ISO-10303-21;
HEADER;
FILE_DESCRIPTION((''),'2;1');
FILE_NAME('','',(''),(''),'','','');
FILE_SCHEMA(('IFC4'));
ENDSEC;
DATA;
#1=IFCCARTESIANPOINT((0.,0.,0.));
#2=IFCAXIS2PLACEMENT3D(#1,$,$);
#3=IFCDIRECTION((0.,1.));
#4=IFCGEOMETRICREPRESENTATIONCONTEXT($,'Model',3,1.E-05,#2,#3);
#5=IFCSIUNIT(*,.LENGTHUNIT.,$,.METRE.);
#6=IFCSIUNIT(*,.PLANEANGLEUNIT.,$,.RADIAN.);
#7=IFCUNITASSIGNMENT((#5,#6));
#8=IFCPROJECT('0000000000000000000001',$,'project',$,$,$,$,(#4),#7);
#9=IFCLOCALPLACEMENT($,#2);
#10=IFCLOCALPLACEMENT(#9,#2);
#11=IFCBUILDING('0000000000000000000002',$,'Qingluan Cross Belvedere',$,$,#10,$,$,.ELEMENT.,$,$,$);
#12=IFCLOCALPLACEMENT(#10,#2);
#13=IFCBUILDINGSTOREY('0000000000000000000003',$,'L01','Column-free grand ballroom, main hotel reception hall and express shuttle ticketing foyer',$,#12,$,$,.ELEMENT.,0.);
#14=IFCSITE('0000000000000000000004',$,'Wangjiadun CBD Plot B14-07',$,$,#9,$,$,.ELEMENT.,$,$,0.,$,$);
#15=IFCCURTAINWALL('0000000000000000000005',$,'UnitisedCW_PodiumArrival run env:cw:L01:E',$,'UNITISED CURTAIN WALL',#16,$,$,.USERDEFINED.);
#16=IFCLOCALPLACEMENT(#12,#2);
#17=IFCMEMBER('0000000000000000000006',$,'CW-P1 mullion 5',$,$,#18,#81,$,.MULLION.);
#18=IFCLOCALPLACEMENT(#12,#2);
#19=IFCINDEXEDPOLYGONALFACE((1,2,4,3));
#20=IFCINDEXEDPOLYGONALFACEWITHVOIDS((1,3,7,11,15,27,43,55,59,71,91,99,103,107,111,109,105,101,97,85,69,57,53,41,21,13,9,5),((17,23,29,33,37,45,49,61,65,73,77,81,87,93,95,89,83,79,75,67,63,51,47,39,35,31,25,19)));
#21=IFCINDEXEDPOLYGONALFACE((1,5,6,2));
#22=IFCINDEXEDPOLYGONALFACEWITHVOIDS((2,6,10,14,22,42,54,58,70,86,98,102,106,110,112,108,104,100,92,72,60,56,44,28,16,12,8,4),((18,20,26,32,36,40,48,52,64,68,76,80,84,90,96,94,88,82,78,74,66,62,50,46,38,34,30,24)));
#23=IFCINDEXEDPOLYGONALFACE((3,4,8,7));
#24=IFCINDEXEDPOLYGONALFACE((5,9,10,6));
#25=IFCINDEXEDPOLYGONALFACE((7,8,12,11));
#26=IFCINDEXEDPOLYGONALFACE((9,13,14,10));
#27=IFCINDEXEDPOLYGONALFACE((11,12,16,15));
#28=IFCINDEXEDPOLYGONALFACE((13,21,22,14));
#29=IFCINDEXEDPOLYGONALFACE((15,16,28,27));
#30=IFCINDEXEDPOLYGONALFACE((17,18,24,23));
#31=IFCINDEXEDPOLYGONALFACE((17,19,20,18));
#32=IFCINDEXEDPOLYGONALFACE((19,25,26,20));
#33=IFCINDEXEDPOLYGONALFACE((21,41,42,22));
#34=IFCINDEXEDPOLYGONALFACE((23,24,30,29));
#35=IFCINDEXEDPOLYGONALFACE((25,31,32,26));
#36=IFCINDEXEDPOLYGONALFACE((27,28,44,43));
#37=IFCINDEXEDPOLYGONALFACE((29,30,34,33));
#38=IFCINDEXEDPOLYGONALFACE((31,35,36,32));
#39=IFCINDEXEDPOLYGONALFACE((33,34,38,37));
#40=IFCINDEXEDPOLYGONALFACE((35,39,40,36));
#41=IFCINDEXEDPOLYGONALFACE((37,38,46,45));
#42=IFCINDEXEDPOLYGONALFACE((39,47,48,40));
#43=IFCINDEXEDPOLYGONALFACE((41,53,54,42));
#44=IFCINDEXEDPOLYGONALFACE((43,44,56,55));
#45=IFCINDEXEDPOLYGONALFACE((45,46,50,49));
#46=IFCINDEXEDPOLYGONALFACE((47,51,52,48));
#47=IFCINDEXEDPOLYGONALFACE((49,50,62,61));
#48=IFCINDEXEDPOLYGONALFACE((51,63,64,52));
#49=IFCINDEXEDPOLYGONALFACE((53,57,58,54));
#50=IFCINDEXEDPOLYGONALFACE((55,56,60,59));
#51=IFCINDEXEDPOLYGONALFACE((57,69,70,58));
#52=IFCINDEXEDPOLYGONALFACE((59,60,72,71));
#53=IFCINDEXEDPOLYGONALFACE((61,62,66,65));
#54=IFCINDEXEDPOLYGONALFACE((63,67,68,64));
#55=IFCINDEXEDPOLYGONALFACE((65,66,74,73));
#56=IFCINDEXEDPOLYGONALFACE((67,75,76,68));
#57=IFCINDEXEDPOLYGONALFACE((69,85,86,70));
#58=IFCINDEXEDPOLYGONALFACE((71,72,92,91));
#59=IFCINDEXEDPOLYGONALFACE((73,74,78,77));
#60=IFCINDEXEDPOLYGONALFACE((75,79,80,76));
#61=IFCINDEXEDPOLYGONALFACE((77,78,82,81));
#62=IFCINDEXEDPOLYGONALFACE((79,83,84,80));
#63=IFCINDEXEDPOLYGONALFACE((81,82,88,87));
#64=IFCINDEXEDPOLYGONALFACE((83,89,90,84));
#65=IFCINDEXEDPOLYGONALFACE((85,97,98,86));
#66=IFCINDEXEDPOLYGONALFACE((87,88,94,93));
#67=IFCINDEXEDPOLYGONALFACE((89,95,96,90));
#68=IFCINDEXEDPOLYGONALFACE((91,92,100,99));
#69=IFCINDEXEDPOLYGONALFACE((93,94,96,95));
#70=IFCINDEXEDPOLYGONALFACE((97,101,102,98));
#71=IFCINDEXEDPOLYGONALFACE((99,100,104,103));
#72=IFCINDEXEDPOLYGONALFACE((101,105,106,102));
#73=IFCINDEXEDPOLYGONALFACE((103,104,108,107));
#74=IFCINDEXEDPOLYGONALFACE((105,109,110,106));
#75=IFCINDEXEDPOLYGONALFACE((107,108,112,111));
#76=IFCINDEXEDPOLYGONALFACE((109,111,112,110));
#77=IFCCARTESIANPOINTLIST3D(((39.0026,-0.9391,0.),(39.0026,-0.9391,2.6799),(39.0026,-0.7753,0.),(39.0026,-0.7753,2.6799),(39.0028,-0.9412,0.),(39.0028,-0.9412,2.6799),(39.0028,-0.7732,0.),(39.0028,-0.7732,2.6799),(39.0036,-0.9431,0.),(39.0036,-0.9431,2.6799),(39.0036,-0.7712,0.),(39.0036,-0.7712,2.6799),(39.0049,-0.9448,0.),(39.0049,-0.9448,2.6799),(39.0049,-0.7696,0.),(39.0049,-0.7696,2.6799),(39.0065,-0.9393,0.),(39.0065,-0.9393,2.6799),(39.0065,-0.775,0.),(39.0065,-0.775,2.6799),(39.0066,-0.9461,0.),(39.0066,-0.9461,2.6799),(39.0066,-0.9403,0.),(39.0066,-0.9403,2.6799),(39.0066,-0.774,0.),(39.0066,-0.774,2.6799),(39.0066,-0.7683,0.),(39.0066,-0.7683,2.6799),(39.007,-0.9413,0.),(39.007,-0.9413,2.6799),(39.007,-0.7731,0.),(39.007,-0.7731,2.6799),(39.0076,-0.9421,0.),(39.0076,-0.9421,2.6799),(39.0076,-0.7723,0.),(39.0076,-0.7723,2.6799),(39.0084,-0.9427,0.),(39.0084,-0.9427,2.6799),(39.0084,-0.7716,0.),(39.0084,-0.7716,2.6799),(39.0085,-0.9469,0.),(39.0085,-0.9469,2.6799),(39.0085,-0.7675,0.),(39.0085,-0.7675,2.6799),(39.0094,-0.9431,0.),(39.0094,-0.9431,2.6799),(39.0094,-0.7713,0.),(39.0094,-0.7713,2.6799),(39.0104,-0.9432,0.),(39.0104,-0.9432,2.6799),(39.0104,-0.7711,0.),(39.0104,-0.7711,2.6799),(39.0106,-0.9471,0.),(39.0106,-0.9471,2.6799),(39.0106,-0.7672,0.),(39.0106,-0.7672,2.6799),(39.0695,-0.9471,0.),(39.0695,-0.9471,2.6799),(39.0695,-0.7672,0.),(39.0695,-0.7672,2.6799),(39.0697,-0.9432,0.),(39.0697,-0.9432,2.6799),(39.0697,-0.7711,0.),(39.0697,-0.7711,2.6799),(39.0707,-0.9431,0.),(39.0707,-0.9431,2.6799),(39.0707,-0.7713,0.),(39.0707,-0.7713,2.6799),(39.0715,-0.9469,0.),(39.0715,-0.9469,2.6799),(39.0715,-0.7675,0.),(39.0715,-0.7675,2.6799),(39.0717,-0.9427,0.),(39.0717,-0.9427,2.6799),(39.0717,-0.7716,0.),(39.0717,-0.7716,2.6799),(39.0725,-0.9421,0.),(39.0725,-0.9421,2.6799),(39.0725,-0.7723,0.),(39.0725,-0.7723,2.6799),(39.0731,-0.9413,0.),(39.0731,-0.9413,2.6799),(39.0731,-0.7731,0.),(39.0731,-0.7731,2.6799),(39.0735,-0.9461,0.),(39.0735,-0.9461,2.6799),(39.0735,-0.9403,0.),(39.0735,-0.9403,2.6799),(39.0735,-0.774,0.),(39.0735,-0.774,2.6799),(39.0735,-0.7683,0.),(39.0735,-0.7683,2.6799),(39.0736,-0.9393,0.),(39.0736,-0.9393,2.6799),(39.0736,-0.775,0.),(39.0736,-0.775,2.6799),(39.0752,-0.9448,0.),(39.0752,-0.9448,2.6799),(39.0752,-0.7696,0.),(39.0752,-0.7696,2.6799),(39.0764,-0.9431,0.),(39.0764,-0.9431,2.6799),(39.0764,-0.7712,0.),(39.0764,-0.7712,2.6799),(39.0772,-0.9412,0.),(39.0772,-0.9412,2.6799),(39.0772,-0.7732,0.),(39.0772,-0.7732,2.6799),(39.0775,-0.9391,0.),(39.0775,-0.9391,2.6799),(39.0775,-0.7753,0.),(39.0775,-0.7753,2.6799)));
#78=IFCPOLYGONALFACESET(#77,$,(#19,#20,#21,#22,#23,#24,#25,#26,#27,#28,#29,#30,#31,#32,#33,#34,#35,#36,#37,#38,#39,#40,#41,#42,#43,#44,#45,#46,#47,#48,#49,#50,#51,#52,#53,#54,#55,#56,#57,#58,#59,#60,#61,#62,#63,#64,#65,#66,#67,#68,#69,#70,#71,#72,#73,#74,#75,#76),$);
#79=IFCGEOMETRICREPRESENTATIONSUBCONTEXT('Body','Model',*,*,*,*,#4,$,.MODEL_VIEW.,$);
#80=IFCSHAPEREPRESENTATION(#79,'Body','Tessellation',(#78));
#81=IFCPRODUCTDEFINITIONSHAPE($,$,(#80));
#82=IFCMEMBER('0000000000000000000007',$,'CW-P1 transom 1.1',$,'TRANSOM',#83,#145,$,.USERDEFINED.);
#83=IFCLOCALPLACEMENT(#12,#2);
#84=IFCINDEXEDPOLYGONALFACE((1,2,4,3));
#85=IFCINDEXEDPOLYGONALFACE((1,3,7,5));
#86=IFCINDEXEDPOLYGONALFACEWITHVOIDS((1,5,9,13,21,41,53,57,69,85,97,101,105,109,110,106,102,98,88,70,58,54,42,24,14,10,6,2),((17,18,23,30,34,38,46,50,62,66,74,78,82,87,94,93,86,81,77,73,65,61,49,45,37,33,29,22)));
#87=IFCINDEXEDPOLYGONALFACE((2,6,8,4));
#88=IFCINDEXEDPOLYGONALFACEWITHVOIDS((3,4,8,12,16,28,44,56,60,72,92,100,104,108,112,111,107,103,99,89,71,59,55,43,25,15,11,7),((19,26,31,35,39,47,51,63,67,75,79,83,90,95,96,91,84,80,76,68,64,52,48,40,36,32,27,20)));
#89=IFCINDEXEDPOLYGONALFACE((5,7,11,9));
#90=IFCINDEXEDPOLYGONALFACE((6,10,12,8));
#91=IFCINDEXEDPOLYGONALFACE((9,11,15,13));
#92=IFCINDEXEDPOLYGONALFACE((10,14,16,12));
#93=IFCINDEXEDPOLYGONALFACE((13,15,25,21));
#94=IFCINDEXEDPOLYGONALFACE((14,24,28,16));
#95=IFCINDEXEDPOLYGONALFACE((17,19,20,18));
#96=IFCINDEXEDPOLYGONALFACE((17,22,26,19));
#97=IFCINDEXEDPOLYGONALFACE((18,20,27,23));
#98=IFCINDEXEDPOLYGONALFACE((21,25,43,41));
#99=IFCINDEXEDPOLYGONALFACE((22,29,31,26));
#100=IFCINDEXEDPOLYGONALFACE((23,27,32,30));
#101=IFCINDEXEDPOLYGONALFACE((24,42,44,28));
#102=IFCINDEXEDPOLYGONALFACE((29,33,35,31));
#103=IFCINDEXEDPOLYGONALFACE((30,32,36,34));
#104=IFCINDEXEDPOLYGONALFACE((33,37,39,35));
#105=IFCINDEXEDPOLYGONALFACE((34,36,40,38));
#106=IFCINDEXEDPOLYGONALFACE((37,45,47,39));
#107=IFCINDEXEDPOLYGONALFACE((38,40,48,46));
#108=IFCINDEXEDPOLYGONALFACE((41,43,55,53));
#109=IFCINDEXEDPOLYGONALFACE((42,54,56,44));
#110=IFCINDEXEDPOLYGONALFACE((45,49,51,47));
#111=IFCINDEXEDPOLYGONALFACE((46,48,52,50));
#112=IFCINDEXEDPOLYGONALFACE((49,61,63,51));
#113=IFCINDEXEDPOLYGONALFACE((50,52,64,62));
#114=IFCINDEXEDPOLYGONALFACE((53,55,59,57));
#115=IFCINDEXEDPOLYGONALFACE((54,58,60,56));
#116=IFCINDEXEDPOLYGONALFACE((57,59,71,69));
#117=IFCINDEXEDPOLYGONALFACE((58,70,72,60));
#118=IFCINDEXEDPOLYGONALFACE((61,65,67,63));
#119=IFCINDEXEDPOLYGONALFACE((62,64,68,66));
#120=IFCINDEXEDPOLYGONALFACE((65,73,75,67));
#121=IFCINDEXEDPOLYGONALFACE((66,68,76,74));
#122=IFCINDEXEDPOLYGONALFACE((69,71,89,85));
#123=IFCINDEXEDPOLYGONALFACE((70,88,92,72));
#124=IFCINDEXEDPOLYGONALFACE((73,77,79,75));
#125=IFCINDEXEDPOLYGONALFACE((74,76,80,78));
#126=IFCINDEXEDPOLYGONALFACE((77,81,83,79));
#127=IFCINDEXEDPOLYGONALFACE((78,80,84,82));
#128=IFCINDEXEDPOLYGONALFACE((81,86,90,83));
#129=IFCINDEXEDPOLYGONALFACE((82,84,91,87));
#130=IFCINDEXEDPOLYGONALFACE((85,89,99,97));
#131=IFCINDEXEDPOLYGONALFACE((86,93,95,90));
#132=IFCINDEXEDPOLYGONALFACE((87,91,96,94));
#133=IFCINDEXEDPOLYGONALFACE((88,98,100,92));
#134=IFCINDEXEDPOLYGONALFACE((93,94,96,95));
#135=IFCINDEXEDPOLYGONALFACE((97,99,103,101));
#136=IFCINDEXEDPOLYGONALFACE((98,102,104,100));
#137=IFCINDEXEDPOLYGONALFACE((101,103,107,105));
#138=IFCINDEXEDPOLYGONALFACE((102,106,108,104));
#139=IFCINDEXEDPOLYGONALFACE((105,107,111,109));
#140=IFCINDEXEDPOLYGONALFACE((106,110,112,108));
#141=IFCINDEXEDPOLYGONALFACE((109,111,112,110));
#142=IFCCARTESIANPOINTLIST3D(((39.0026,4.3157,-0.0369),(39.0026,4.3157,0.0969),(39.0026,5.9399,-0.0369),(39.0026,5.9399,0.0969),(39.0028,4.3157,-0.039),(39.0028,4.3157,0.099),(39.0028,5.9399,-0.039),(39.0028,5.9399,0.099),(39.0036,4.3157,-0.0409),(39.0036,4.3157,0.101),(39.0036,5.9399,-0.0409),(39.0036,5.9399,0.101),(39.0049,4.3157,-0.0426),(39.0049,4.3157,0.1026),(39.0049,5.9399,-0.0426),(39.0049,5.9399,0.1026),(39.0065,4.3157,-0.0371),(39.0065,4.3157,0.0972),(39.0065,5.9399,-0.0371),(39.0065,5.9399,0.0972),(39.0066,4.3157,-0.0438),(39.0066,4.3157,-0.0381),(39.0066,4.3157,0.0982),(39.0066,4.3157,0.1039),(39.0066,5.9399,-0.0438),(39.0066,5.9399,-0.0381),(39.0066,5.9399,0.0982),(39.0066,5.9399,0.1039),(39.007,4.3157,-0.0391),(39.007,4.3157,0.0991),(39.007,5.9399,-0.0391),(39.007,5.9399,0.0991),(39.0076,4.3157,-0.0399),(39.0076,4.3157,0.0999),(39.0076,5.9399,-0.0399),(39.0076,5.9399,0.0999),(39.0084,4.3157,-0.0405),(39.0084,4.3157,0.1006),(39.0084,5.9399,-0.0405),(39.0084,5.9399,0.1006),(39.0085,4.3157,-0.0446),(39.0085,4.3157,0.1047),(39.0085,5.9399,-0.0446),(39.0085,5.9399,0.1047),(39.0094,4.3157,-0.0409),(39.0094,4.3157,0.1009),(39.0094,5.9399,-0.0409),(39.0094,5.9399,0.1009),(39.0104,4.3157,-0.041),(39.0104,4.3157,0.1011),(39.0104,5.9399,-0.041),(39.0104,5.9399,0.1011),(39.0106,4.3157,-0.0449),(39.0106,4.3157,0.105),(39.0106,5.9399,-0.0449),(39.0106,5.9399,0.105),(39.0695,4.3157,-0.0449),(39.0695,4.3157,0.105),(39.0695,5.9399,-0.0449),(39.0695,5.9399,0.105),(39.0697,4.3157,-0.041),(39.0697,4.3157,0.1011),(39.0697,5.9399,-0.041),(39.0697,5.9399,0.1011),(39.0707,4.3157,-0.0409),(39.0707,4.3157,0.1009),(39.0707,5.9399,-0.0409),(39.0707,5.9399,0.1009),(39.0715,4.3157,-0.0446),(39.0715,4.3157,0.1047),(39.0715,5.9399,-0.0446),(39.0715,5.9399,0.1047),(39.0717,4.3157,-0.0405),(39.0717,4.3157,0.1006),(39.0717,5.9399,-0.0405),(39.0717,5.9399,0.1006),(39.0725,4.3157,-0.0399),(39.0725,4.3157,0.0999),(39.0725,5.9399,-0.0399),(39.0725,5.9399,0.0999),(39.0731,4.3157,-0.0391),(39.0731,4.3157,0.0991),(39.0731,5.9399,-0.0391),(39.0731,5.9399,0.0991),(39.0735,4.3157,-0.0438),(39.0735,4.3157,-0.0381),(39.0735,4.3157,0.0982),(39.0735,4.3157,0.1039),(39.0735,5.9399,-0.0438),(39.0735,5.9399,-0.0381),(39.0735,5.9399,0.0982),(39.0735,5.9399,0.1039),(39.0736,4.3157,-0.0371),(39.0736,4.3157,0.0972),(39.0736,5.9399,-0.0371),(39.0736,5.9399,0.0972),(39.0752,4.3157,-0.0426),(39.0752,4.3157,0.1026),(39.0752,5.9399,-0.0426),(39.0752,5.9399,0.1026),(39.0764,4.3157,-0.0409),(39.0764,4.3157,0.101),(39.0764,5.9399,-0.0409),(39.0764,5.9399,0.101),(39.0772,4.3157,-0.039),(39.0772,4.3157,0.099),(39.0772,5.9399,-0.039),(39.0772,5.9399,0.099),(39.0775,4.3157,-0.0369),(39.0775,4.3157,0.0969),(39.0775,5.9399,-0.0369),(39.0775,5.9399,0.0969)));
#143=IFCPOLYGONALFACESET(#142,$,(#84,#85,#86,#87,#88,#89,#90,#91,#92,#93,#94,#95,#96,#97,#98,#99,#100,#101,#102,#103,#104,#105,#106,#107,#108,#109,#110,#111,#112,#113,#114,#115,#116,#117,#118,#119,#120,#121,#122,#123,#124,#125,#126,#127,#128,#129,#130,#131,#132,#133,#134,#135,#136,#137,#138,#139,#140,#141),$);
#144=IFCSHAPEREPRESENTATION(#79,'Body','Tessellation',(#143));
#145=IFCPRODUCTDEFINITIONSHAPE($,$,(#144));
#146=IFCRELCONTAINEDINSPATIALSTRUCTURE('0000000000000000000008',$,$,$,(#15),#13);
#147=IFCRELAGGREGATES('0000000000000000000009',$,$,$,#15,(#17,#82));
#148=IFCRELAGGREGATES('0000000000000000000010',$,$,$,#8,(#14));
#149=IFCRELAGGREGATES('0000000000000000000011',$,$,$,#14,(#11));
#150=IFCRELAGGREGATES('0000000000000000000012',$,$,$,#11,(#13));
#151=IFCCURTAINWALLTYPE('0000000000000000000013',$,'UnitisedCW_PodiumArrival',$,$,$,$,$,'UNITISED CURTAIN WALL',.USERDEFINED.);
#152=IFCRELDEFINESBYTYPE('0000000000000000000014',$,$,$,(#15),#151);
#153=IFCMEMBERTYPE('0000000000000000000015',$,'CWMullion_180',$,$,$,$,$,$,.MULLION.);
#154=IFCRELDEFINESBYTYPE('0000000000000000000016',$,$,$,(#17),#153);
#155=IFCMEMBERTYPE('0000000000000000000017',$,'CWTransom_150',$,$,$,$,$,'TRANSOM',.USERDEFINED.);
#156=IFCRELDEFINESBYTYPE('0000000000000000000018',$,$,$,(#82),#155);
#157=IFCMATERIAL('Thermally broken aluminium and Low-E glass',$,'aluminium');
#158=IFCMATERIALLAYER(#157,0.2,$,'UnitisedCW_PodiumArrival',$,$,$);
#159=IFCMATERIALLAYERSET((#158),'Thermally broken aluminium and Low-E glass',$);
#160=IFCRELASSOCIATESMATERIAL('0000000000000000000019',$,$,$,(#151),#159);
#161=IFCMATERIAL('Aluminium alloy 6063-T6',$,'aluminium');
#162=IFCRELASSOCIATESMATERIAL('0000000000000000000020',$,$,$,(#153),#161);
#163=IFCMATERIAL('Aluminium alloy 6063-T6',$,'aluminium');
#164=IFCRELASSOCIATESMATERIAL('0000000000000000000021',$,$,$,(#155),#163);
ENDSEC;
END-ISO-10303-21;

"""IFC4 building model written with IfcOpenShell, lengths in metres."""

from ifc_helpers import new_model, si_unit, direction, frame, origin, origin_2d, place, context, subcontext, project, spatial, hollow_rectangle, extrude, material, layer, layer_set, material_profile, profile_set, type_object, element, aggregate, save


model = new_model("IFC4")

# Units and contexts
model_context = context("Model", 3, precision=1e-05, world=origin(), true_north=direction((0.0, 1.0)))
body_context = subcontext(model_context, "Body", "Model", "MODEL_VIEW")
ifc_project = project(units=[si_unit("LENGTHUNIT", "METRE"), si_unit("PLANEANGLEUNIT", "RADIAN")], contexts=[model_context])

# Site, building, storey
site_placement = place(None, origin())
site = spatial("IfcSite", under=ifc_project, at=site_placement, Name="Wangjiadun CBD Plot B14-07", CompositionType="ELEMENT", RefElevation=0.0)
building_placement = place(site_placement, origin())
building = spatial("IfcBuilding", under=site, at=building_placement, Name="Qingluan Cross Belvedere", CompositionType="ELEMENT")
storey_placement = place(building_placement, origin())
storey = spatial("IfcBuildingStorey", under=building, at=storey_placement, Name="L01", Description="Column-free grand ballroom, main hotel reception hall and express shuttle ticketing foyer", CompositionType="ELEMENT", Elevation=0.0)

# Curtain wall, members
ifc_material_1 = material(Name="Thermally broken aluminium and Low-E glass", Category="aluminium")
ifc_layer_1 = layer(ifc_material_1, 0.2, Name="UnitisedCW_PodiumArrival")
ifc_layer_set_1 = layer_set([ifc_layer_1], Name="Thermally broken aluminium and Low-E glass")
curtain_wall_type = type_object("IfcCurtainWallType", Name="UnitisedCW_PodiumArrival", ElementType="UNITISED CURTAIN WALL", PredefinedType="USERDEFINED", material=ifc_layer_set_1)
curtain_wall_placement = place(storey_placement, origin())
curtain_wall = element("IfcCurtainWall", 1, at=curtain_wall_placement, inside=storey, type_object=curtain_wall_type, Name="UnitisedCW_PodiumArrival run env:cw:L01:E", ObjectType="UNITISED CURTAIN WALL", PredefinedType="USERDEFINED")
ifc_material_2 = material(Name="Aluminium alloy 6063-T6", Category="aluminium")
ifc_material_profile_1 = material_profile(ifc_material_2, hollow_rectangle(XDim=0.075, YDim=0.1799, WallThickness=0.0039, InnerFilletRadius=0.0039, OuterFilletRadius=0.0081, at=origin_2d()), Name="CWM180x75x4")
ifc_profile_set_1 = profile_set([ifc_material_profile_1], Name="Aluminium alloy 6063-T6")
member_type_1 = type_object("IfcMemberType", Name="CWMullion_180", PredefinedType="MULLION", material=ifc_profile_set_1)
member_1_placement = place(storey_placement, frame((39.04, -0.8572, 0.0), z_axis=(0.0, 0.0, 1.0), x_axis=(1.0, 0.0, 0.0)))
member_1 = element("IfcMember", 2, at=member_1_placement, type_object=member_type_1, Name="CW-P1 mullion 5", PredefinedType="MULLION", context=body_context, shape_type="SweptSolid", body=[
    extrude(hollow_rectangle(XDim=0.075, YDim=0.1799, WallThickness=0.0039, InnerFilletRadius=0.0039, OuterFilletRadius=0.0081, at=origin_2d()), origin(), (0.0, 0.0, 1.0), 2.6799),
])
ifc_material_3 = material(Name="Aluminium alloy 6063-T6", Category="aluminium")
ifc_material_profile_2 = material_profile(ifc_material_3, hollow_rectangle(XDim=0.075, YDim=0.1499, WallThickness=0.0039, InnerFilletRadius=0.0039, OuterFilletRadius=0.0081, at=origin_2d()), Name="CWT150x75x4")
ifc_profile_set_2 = profile_set([ifc_material_profile_2], Name="Aluminium alloy 6063-T6")
member_type_2 = type_object("IfcMemberType", Name="CWTransom_150", ElementType="TRANSOM", PredefinedType="USERDEFINED", material=ifc_profile_set_2)
member_2_placement = place(storey_placement, frame((39.04, 5.9399, 0.03), z_axis=(0.0, -1.0, 0.0), x_axis=(1.0, 0.0, 0.0)))
member_2 = element("IfcMember", 3, at=member_2_placement, type_object=member_type_2, Name="CW-P1 transom 1.1", ObjectType="TRANSOM", PredefinedType="USERDEFINED", context=body_context, shape_type="SweptSolid", body=[
    extrude(hollow_rectangle(XDim=0.075, YDim=0.1499, WallThickness=0.0039, InnerFilletRadius=0.0039, OuterFilletRadius=0.0081, at=origin_2d()), origin(), (0.0, 0.0, 1.0), 1.6243),
])
aggregate(curtain_wall, [member_1, member_2])

save(model, "model.ifc")
